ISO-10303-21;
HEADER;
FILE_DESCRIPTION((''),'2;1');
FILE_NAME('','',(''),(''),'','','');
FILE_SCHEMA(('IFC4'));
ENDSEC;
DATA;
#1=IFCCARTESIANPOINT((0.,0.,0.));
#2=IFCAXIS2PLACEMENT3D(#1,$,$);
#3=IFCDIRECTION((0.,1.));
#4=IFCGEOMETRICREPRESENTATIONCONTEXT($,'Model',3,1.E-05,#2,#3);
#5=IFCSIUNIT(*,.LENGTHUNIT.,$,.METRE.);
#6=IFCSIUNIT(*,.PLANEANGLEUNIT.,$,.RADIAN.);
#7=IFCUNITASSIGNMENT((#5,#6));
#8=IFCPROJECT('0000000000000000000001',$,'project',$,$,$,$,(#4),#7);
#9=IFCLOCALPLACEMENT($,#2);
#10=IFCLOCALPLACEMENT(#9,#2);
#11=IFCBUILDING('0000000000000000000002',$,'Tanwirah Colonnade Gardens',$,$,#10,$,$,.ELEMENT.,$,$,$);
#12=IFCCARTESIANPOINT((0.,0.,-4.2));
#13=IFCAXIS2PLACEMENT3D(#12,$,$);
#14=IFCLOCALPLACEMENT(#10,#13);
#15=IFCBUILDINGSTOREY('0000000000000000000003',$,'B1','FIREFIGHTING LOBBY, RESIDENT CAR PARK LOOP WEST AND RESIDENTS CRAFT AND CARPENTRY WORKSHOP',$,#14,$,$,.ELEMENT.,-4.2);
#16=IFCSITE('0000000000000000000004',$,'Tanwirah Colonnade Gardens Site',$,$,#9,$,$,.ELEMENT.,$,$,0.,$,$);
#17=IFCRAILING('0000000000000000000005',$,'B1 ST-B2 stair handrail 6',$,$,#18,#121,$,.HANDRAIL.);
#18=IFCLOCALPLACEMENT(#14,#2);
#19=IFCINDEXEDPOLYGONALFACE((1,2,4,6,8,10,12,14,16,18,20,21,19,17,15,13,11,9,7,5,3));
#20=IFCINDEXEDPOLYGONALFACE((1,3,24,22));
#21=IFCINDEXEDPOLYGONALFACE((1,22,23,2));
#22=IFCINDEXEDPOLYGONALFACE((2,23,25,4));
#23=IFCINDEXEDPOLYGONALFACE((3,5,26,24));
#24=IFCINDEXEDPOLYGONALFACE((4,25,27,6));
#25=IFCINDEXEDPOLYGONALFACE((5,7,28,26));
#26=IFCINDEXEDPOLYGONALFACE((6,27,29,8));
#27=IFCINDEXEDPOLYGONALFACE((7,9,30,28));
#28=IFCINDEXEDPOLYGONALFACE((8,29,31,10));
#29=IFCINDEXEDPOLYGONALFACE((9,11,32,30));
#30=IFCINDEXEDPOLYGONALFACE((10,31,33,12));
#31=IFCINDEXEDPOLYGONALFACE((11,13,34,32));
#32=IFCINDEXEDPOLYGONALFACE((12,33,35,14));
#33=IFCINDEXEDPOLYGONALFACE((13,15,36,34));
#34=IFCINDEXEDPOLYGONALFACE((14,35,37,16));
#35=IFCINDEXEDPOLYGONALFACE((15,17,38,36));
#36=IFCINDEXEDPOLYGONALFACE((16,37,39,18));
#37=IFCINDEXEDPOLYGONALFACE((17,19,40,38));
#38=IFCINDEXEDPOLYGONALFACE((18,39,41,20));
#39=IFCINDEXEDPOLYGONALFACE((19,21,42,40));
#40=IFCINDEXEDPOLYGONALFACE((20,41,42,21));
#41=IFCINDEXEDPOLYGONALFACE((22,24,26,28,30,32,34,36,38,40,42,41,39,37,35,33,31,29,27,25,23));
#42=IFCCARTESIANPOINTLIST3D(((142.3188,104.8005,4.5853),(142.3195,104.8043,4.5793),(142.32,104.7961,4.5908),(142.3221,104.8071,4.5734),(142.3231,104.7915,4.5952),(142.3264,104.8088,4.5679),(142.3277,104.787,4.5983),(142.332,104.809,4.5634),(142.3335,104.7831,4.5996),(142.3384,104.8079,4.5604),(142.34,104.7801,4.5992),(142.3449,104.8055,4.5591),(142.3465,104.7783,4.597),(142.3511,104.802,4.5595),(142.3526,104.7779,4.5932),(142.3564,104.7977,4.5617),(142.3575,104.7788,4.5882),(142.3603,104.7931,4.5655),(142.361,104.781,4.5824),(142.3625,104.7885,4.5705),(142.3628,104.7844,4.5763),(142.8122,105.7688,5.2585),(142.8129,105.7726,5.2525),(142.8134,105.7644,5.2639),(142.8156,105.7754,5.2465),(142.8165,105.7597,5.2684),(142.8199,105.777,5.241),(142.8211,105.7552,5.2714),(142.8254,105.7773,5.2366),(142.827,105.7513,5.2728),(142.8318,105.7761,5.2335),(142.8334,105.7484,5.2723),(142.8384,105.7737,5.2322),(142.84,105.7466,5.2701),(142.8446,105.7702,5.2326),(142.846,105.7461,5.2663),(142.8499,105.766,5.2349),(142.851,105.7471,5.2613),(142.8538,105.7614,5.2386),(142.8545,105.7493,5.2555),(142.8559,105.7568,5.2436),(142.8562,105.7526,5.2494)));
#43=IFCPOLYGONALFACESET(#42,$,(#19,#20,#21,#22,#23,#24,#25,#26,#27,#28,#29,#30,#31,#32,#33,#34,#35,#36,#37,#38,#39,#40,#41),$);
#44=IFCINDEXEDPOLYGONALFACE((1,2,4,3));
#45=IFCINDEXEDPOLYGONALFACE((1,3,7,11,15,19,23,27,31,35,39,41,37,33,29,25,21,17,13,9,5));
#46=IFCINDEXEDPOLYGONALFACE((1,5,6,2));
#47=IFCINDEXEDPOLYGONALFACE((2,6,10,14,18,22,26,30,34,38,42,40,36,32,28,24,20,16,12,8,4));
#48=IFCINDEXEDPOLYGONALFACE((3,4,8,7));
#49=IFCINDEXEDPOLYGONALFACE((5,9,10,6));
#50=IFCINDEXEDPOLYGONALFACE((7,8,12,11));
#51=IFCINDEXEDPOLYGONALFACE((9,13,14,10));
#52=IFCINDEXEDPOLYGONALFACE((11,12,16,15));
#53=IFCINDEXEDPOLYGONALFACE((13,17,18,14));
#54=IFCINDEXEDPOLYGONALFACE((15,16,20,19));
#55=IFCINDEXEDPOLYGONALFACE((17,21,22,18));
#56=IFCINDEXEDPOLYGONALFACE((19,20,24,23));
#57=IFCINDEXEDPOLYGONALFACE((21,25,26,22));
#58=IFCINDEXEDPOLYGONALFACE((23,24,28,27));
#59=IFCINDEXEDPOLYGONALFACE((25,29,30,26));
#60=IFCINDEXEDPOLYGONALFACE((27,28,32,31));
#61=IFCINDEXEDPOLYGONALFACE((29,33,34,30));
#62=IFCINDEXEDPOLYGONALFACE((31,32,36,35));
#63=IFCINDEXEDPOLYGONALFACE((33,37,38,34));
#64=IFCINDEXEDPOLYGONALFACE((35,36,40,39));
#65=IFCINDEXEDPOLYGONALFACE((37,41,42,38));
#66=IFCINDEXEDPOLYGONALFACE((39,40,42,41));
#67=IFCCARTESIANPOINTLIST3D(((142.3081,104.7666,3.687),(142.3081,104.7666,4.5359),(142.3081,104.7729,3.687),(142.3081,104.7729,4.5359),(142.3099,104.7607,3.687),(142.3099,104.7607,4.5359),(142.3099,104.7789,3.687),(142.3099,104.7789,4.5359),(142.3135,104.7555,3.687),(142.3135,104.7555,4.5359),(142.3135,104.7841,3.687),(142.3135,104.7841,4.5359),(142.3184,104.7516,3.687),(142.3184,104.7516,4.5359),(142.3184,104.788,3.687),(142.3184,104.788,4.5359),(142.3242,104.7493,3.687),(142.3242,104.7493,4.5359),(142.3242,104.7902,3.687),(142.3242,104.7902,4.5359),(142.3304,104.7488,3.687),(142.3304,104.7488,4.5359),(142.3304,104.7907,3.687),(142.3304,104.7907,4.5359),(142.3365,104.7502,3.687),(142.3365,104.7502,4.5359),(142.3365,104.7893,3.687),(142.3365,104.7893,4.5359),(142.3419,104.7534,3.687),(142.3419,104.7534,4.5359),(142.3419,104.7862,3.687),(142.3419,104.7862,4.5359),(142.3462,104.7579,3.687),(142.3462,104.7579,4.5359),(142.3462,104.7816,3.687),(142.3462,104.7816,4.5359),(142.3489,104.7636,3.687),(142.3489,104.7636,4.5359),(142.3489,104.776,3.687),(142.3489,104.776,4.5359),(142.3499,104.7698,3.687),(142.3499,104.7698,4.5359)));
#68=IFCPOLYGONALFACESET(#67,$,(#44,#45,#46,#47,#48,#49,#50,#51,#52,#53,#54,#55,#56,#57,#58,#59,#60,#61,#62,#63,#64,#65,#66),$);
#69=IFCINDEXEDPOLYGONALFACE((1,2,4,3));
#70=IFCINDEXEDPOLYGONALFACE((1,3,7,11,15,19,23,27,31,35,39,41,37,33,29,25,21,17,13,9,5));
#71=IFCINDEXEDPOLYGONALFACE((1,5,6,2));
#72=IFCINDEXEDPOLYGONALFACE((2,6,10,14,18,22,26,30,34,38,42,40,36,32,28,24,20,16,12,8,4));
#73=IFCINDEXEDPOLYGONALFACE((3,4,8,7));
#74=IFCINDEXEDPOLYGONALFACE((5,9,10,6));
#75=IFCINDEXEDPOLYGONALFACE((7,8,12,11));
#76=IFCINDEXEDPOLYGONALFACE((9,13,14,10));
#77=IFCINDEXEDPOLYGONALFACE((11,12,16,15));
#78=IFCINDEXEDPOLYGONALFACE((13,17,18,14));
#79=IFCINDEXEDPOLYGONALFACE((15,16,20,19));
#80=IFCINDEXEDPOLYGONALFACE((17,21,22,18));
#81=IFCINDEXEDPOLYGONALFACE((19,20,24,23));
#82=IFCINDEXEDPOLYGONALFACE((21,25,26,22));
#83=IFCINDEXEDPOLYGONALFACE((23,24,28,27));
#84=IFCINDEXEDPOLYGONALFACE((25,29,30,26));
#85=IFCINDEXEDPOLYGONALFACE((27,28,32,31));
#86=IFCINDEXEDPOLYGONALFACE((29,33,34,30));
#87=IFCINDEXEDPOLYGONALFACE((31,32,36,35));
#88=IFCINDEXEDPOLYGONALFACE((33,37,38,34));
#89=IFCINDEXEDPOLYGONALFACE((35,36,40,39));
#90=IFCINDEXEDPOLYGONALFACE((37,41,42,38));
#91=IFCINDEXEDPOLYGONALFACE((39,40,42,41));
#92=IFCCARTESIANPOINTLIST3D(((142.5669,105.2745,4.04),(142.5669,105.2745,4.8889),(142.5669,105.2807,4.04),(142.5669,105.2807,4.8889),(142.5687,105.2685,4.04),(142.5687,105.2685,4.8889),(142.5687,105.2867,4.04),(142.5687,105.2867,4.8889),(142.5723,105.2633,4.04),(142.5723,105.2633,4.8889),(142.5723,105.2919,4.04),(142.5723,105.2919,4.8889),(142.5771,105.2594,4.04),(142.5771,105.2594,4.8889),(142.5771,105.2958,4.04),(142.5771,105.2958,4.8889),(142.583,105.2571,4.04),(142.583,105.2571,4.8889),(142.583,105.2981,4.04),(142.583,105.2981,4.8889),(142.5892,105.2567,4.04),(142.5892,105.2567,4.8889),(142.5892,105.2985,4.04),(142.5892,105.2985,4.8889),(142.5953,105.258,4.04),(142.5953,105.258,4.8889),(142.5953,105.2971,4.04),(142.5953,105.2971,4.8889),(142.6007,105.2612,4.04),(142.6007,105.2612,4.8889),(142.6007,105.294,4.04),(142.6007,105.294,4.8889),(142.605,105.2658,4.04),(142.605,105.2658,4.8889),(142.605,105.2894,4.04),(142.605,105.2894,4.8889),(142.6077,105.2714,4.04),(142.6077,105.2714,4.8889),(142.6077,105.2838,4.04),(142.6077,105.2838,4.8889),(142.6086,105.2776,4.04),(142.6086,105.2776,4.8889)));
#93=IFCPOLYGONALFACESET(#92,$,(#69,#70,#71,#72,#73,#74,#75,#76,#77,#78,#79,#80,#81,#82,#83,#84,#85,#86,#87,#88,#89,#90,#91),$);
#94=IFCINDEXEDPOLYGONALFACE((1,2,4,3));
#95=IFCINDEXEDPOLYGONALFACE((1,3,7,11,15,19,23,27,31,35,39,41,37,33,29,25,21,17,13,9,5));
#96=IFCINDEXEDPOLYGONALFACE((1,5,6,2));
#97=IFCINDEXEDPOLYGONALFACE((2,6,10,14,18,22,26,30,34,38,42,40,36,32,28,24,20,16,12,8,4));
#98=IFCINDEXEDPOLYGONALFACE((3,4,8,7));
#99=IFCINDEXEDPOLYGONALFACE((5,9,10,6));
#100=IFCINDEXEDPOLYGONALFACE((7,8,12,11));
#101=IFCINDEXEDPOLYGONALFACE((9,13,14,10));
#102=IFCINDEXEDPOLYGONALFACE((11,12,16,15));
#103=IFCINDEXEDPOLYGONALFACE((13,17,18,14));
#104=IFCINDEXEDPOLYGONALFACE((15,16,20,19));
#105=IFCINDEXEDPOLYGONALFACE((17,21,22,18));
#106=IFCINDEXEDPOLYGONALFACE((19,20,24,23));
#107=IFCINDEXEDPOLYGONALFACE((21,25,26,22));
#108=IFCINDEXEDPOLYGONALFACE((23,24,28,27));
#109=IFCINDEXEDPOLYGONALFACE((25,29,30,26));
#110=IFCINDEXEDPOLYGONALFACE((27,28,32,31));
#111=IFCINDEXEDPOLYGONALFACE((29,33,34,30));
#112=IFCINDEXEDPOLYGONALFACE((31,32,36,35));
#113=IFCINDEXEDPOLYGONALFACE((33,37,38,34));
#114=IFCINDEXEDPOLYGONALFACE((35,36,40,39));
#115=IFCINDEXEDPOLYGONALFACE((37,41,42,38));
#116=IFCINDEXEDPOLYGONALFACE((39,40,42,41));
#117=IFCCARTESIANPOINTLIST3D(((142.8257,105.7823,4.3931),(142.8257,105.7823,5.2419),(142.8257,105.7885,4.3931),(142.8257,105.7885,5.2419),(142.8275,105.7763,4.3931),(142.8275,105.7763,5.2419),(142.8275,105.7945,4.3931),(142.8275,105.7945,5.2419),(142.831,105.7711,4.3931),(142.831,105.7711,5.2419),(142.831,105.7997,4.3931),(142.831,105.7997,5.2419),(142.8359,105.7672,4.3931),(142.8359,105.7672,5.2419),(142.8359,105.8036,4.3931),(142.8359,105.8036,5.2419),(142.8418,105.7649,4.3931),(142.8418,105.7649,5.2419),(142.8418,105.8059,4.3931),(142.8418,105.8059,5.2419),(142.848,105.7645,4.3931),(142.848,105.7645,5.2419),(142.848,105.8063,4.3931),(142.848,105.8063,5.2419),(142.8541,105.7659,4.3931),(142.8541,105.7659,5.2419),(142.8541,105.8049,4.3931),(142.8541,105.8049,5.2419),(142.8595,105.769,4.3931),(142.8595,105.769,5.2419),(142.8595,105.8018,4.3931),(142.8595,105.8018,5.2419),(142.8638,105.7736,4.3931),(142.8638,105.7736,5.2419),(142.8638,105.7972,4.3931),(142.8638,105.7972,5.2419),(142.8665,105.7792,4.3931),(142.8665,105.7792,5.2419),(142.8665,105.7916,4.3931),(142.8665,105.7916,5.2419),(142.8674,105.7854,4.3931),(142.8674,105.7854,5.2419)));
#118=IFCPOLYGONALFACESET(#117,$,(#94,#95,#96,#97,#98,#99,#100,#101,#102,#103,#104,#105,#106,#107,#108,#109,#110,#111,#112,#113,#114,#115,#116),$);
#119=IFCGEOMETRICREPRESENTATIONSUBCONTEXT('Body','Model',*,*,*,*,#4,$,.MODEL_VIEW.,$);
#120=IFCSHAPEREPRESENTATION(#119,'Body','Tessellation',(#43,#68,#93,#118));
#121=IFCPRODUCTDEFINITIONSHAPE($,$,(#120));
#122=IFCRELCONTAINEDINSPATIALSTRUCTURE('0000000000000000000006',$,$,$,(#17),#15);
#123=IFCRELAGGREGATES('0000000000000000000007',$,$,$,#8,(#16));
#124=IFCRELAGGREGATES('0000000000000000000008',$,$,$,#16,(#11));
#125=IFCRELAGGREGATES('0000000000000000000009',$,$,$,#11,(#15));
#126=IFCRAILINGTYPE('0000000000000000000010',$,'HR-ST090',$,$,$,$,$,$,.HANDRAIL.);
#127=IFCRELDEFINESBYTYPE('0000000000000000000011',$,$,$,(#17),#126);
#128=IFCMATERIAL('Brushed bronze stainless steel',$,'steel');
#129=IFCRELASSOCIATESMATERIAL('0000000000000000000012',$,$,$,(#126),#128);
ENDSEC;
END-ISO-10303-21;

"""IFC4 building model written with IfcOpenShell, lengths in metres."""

from ifc_helpers import new_model, si_unit, direction, frame, origin, origin_2d, place, context, subcontext, project, spatial, circle, extrude, material, type_object, element, save


model = new_model("IFC4")

# Units and contexts
model_context = context("Model", 3, precision=1e-05, world=origin(), true_north=direction((0.0, 1.0)))
body_context = subcontext(model_context, "Body", "Model", "MODEL_VIEW")
ifc_project = project(units=[si_unit("LENGTHUNIT", "METRE"), si_unit("PLANEANGLEUNIT", "RADIAN")], contexts=[model_context])

# Site, building, storey
site_placement = place(None, origin())
site = spatial("IfcSite", under=ifc_project, at=site_placement, Name="Tanwirah Colonnade Gardens Site", CompositionType="ELEMENT", RefElevation=0.0)
building_placement = place(site_placement, origin())
building = spatial("IfcBuilding", under=site, at=building_placement, Name="Tanwirah Colonnade Gardens", CompositionType="ELEMENT")
storey_placement = place(building_placement, frame((0.0, 0.0, -4.2)))
storey = spatial("IfcBuildingStorey", under=building, at=storey_placement, Name="B1", Description="FIREFIGHTING LOBBY, RESIDENT CAR PARK LOOP WEST AND RESIDENTS CRAFT AND CARPENTRY WORKSHOP", CompositionType="ELEMENT", Elevation=-4.2)

# Railing
ifc_material_1 = material(Name="Brushed bronze stainless steel", Category="steel")
railing_type_1 = type_object("IfcRailingType", Name="HR-ST090", PredefinedType="HANDRAIL", material=ifc_material_1)
railing_1_placement = place(storey_placement, frame((142.3289, 104.7698, 3.687)))
element("IfcRailing", 1, at=railing_1_placement, inside=storey, type_object=railing_type_1, Name="B1 ST-B2 stair handrail 6", PredefinedType="HANDRAIL", context=body_context, shape_type="SweptSolid", body=[
    extrude(circle(Radius=0.0239, at=origin_2d()), frame((0.012, 0.0237, 0.8923), z_axis=(0.386006, 0.757445, 0.52657), x_axis=(-0.890974, 0.454054, 0.0)), (0.0, 0.0, 1.0), 1.2783),
    extrude(circle(Radius=0.021, at=origin_2d()), origin(), (0.0, 0.0, 1.0), 0.8489),
    extrude(circle(Radius=0.021, at=origin_2d()), frame((0.2588, 0.5078, 0.353)), (0.0, 0.0, 1.0), 0.8489),
    extrude(circle(Radius=0.021, at=origin_2d()), frame((0.5176, 1.0156, 0.7061)), (0.0, 0.0, 1.0), 0.8489),
])

save(model, "model.ifc")
